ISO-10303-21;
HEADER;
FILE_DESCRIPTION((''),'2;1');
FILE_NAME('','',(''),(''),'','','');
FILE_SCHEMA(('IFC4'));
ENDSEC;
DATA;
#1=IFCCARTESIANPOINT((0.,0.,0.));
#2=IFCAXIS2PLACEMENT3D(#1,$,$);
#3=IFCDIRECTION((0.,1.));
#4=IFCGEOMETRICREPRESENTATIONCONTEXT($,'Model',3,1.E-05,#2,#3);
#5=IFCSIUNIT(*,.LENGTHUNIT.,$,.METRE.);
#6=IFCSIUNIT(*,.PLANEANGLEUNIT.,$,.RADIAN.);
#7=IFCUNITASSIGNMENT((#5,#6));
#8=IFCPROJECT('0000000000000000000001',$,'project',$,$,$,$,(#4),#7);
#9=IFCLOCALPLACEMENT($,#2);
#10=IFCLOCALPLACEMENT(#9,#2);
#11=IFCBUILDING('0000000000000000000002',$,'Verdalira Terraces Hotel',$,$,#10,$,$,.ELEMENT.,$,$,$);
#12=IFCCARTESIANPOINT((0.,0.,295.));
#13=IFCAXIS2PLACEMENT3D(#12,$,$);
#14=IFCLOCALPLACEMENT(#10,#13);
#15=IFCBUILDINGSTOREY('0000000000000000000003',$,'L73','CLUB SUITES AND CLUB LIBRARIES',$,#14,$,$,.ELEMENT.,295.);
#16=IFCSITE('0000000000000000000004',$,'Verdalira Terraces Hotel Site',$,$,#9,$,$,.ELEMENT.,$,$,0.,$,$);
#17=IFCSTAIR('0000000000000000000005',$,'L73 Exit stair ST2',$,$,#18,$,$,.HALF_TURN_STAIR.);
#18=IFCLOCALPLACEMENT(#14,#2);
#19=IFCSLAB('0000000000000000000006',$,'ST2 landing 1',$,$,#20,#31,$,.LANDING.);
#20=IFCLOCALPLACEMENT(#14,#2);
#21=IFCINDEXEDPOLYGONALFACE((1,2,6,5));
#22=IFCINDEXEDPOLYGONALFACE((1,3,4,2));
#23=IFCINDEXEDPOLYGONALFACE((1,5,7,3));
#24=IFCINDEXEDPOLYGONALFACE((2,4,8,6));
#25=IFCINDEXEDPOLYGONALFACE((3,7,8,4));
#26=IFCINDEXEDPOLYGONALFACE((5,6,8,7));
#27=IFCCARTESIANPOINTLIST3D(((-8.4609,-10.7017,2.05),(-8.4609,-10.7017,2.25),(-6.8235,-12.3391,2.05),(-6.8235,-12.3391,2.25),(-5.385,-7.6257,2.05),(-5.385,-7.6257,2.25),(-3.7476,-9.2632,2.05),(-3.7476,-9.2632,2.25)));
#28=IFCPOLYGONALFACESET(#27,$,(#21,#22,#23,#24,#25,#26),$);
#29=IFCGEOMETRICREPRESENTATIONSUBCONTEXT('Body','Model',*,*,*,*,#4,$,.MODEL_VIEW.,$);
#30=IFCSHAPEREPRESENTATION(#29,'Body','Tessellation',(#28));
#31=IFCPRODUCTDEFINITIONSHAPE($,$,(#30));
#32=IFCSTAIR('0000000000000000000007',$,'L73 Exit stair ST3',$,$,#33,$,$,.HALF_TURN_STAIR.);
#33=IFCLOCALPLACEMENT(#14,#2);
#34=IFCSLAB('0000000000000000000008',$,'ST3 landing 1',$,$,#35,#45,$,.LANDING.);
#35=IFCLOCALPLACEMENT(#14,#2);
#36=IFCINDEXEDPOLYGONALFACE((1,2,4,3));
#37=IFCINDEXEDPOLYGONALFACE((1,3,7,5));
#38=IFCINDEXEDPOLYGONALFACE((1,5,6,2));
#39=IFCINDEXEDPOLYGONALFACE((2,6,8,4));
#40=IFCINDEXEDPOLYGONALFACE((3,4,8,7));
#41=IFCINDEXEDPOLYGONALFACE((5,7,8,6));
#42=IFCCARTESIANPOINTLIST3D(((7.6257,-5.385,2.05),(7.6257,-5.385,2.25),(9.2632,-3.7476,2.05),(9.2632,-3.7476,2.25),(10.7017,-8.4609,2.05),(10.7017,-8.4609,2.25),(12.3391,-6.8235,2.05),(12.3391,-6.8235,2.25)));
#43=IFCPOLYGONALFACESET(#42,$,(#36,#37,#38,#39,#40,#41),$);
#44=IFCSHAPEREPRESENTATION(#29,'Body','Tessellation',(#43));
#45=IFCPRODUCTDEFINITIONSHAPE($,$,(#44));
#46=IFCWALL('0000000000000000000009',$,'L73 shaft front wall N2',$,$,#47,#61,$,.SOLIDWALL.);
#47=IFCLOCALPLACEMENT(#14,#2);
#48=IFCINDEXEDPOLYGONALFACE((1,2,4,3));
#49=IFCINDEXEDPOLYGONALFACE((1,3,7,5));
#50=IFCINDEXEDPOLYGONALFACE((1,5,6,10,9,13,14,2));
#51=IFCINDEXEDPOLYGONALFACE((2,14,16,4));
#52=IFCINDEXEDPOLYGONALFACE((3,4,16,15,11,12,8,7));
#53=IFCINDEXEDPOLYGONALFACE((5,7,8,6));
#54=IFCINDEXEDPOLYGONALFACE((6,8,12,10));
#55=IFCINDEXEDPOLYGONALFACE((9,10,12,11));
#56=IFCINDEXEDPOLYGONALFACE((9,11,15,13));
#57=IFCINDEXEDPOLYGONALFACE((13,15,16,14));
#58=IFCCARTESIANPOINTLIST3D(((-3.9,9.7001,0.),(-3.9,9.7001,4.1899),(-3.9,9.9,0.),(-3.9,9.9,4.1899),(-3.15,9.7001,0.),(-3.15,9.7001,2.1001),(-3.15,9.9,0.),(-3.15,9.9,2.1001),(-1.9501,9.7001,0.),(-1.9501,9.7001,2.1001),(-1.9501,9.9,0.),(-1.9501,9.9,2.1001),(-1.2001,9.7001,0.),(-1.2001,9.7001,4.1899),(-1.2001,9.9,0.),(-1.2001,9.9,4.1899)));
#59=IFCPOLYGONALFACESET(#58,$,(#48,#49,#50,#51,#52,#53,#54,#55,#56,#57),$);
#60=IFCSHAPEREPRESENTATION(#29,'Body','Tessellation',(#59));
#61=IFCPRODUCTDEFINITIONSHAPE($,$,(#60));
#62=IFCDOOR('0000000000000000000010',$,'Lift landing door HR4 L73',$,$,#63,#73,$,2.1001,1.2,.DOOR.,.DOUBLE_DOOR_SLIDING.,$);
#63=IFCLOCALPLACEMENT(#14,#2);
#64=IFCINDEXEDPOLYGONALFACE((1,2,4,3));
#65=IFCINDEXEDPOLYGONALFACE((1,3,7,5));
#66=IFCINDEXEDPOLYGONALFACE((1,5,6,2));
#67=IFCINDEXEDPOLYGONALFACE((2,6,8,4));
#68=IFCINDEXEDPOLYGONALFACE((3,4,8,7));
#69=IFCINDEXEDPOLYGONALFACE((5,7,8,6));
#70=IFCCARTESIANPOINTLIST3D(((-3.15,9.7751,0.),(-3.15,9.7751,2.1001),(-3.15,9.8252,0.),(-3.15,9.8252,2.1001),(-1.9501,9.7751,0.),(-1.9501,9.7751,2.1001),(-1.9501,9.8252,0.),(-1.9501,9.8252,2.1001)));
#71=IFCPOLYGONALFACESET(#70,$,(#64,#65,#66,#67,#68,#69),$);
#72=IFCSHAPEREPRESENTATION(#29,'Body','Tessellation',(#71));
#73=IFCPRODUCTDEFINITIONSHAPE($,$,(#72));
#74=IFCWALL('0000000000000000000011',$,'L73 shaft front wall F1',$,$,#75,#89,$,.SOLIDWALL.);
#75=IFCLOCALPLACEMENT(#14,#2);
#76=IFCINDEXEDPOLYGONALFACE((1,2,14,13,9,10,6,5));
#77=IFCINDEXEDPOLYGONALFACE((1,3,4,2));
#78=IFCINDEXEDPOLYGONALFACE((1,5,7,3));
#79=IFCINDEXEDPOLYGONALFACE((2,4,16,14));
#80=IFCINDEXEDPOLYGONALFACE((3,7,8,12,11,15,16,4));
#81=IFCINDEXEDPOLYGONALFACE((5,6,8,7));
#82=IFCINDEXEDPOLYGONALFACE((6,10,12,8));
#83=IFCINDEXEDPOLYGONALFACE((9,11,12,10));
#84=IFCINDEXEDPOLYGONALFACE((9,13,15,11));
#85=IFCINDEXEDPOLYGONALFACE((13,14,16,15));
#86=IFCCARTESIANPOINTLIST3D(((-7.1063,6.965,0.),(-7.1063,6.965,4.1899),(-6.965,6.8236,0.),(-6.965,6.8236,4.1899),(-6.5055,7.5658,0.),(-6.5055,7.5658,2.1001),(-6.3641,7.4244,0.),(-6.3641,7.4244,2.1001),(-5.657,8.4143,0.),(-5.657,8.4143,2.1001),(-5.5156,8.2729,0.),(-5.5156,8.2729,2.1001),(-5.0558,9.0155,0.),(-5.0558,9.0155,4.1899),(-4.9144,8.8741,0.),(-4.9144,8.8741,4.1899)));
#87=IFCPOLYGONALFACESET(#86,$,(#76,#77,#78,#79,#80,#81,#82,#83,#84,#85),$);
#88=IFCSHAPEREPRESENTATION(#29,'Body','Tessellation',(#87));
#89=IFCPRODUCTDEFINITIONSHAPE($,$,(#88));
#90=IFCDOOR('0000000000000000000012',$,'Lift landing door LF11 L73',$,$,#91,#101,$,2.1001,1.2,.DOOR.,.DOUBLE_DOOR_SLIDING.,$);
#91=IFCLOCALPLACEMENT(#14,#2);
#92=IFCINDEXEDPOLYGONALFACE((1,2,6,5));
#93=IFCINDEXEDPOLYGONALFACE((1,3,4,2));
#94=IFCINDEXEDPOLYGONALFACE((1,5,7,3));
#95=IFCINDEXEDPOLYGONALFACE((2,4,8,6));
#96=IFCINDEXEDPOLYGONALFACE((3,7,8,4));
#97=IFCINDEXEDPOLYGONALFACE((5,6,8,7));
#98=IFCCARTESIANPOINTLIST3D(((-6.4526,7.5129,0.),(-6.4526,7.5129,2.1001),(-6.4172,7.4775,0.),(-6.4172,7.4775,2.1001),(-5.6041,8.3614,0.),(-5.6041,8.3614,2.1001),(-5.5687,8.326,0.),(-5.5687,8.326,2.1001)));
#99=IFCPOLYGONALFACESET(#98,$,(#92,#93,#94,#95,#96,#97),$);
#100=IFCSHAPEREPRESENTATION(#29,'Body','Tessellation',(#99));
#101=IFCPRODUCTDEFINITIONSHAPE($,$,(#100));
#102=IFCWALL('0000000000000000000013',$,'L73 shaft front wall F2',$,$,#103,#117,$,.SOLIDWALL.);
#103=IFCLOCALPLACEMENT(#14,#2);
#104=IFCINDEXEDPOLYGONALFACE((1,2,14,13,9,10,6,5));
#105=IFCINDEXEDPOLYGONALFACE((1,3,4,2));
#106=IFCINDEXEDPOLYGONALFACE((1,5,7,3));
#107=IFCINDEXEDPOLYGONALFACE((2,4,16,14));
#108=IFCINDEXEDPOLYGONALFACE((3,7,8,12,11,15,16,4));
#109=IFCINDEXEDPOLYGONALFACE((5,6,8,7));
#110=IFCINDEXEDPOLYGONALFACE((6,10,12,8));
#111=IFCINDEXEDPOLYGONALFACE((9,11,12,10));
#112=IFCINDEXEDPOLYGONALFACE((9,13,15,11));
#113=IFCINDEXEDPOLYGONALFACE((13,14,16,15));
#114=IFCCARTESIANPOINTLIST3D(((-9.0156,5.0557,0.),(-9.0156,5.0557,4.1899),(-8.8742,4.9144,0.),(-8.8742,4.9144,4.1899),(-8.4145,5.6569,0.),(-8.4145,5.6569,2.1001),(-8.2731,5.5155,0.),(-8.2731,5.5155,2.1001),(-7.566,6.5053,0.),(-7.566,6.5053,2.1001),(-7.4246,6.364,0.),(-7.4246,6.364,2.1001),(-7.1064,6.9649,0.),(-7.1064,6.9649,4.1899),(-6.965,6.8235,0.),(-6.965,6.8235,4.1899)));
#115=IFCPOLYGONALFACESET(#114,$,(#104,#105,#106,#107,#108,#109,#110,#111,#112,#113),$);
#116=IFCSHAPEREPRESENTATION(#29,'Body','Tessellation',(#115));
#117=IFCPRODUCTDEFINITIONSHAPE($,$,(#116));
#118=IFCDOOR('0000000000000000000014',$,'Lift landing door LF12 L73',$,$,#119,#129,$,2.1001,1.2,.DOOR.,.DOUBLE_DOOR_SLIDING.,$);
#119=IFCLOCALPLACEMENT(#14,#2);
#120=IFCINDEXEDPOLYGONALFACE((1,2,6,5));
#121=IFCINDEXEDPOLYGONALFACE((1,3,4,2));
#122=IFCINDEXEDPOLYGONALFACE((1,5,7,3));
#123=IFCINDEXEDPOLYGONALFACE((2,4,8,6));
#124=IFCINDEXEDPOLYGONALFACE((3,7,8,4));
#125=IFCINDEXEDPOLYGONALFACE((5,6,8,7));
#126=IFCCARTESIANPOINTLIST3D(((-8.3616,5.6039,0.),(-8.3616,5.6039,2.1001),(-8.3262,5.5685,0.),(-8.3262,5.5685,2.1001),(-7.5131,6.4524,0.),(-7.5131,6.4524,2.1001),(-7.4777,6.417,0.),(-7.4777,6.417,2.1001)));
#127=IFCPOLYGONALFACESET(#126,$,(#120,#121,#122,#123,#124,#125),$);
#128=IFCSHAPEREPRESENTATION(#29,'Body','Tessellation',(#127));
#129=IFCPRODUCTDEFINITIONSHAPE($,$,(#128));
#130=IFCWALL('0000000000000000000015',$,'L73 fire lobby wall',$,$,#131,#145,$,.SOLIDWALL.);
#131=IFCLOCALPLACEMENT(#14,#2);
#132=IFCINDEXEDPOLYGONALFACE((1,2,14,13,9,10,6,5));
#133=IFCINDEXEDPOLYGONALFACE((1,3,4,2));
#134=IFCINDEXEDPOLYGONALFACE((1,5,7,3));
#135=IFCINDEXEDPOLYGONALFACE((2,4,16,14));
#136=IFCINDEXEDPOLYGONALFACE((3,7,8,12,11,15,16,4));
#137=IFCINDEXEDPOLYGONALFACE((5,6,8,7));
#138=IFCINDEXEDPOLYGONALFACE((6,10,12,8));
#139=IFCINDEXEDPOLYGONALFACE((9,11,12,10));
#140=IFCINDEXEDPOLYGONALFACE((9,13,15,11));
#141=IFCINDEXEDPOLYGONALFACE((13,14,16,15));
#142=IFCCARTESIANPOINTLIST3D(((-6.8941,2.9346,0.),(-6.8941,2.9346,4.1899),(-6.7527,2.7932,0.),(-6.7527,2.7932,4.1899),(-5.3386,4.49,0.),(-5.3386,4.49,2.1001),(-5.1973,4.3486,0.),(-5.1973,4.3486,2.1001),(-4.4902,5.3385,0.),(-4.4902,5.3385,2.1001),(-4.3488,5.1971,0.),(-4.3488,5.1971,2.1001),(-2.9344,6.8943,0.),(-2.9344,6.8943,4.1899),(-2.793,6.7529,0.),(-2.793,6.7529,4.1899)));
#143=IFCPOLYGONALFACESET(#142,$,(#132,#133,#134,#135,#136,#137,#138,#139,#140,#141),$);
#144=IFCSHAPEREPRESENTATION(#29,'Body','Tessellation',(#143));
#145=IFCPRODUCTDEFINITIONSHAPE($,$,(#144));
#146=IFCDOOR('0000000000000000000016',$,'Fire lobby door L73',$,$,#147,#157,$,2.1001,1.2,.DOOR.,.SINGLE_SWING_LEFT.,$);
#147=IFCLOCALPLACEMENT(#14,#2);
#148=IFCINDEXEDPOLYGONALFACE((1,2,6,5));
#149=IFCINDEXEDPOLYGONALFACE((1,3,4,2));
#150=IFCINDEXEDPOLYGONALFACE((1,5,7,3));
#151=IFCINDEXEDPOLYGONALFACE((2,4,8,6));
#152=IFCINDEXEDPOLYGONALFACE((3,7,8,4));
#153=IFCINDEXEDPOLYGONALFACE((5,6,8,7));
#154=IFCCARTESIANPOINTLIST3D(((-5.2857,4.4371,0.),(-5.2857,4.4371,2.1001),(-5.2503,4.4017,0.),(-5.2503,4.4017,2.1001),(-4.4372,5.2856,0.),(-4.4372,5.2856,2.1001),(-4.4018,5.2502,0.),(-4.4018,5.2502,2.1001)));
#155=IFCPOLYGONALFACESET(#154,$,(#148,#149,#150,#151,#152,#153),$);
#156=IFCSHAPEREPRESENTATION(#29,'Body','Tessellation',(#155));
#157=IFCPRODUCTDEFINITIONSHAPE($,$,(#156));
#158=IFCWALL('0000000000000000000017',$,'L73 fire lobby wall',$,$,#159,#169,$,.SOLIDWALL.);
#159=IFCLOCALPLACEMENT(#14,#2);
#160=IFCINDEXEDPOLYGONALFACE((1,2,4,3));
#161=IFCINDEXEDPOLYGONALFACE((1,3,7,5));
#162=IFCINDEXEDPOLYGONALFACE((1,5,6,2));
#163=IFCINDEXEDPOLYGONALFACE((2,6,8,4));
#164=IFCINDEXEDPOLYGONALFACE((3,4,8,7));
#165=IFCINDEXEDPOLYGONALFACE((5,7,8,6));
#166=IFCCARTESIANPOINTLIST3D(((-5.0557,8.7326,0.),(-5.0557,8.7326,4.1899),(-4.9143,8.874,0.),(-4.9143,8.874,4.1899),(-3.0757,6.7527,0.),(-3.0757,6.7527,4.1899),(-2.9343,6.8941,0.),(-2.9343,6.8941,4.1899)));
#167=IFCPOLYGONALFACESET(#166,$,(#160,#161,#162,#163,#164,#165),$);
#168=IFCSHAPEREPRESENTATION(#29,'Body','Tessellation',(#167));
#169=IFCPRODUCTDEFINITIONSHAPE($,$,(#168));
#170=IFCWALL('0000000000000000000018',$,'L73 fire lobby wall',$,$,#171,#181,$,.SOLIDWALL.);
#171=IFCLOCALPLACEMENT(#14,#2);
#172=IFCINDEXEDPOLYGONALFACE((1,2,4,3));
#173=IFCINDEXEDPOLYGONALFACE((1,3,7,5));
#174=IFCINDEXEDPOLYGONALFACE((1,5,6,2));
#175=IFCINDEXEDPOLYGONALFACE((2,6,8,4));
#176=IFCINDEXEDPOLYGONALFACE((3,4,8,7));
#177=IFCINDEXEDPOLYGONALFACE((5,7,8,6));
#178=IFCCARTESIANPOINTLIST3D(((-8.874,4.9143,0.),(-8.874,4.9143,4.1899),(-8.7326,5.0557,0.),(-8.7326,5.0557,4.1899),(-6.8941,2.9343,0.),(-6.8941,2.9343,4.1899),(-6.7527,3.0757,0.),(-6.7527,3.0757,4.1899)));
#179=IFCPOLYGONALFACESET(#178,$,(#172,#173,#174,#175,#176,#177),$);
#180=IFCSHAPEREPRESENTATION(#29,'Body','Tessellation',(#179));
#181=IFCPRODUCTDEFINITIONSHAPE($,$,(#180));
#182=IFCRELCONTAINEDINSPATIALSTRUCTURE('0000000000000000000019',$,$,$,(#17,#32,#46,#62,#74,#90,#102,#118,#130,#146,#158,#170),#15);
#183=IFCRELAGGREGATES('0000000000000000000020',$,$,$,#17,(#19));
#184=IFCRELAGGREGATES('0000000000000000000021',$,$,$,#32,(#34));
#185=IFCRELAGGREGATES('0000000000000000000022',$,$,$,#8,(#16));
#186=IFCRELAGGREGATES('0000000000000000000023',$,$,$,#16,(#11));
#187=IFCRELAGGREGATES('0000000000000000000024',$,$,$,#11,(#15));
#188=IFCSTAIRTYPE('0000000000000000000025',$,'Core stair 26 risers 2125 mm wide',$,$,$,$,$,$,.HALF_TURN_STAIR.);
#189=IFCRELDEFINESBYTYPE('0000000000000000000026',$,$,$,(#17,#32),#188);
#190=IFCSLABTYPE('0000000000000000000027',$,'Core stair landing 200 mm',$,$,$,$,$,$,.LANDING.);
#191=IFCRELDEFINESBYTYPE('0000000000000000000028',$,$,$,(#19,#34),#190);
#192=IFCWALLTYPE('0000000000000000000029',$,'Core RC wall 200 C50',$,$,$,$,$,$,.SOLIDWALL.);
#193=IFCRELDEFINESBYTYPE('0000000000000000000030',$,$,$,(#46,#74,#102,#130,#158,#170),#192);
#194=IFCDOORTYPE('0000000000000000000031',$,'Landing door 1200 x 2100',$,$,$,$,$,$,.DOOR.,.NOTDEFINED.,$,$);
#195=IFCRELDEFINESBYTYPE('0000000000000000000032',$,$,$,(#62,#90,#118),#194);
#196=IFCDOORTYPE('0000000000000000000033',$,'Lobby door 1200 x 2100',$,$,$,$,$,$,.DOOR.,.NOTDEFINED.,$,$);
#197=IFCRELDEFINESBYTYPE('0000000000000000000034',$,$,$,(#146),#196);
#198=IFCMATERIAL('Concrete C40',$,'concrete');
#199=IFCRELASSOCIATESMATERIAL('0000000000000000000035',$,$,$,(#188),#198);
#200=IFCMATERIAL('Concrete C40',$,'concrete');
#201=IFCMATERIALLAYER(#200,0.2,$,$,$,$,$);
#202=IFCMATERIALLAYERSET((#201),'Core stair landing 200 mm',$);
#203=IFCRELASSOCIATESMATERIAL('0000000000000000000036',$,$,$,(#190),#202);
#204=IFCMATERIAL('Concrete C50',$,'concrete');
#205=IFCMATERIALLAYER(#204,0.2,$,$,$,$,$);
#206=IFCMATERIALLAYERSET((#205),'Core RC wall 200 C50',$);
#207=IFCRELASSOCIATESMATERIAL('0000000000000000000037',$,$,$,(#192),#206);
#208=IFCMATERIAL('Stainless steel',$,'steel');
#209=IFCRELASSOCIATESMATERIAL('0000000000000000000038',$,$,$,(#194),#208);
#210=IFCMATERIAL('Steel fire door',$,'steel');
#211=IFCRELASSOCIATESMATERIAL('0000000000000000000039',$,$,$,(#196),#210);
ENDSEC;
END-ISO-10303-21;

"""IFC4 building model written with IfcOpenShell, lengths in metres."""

from ifc_helpers import new_model, si_unit, direction, frame, frame_2d, origin, place, context, subcontext, project, spatial, polyline, rectangle, outline, extrude, material, layer, layer_set, type_object, element, fill, aggregate, save


model = new_model("IFC4")

# Units and contexts
model_context = context("Model", 3, precision=1e-05, world=origin(), true_north=direction((0.0, 1.0)))
body_context = subcontext(model_context, "Body", "Model", "MODEL_VIEW")
ifc_project = project(units=[si_unit("LENGTHUNIT", "METRE"), si_unit("PLANEANGLEUNIT", "RADIAN")], contexts=[model_context])

# Site, building, storey
site_placement = place(None, origin())
site = spatial("IfcSite", under=ifc_project, at=site_placement, Name="Verdalira Terraces Hotel Site", CompositionType="ELEMENT", RefElevation=0.0)
building_placement = place(site_placement, origin())
building = spatial("IfcBuilding", under=site, at=building_placement, Name="Verdalira Terraces Hotel", CompositionType="ELEMENT")
storey_placement = place(building_placement, frame((0.0, 0.0, 295.0)))
storey = spatial("IfcBuildingStorey", under=building, at=storey_placement, Name="L73", Description="CLUB SUITES AND CLUB LIBRARIES", CompositionType="ELEMENT", Elevation=295.0)

# Stairs, slabs
ifc_material_1 = material(Name="Concrete C40", Category="concrete")
stair_type = type_object("IfcStairType", Name="Core stair 26 risers 2125 mm wide", PredefinedType="HALF_TURN_STAIR", material=ifc_material_1)
stair_1_placement = place(storey_placement, origin())
stair_1 = element("IfcStair", 1, at=stair_1_placement, inside=storey, type_object=stair_type, Name="L73 Exit stair ST2", PredefinedType="HALF_TURN_STAIR")
ifc_material_2 = material(Name="Concrete C40", Category="concrete")
ifc_layer_1 = layer(ifc_material_2, 0.2)
ifc_layer_set_1 = layer_set([ifc_layer_1], Name="Core stair landing 200 mm")
slab_type = type_object("IfcSlabType", Name="Core stair landing 200 mm", PredefinedType="LANDING", material=ifc_layer_set_1)
slab_1_placement = place(storey_placement, frame((0.0, 0.0, 2.05)))
slab_1 = element("IfcSlab", 2, at=slab_1_placement, type_object=slab_type, Name="ST2 landing 1", PredefinedType="LANDING", context=body_context, shape_type="SweptSolid", body=[
    extrude(outline(polyline([(-8.4609, -10.7017), (-6.8235, -12.3391), (-3.7476, -9.2632), (-5.385, -7.6257), (-8.4609, -10.7017)])), origin(), (0.0, 0.0, 1.0), 0.2),
])
aggregate(stair_1, [slab_1])
stair_2_placement = place(storey_placement, origin())
stair_2 = element("IfcStair", 3, at=stair_2_placement, inside=storey, type_object=stair_type, Name="L73 Exit stair ST3", PredefinedType="HALF_TURN_STAIR")
slab_2_placement = place(storey_placement, frame((0.0, 0.0, 2.05)))
slab_2 = element("IfcSlab", 4, at=slab_2_placement, type_object=slab_type, Name="ST3 landing 1", PredefinedType="LANDING", context=body_context, shape_type="SweptSolid", body=[
    extrude(outline(polyline([(10.7017, -8.4609), (12.3391, -6.8235), (9.2632, -3.7476), (7.6257, -5.385), (10.7017, -8.4609)])), origin(), (0.0, 0.0, 1.0), 0.2),
])
aggregate(stair_2, [slab_2])

# Walls, openings, doors
ifc_material_3 = material(Name="Concrete C50", Category="concrete")
ifc_layer_2 = layer(ifc_material_3, 0.2)
ifc_layer_set_2 = layer_set([ifc_layer_2], Name="Core RC wall 200 C50")
wall_type_1 = type_object("IfcWallType", Name="Core RC wall 200 C50", PredefinedType="SOLIDWALL", material=ifc_layer_set_2)
wall_1_placement = place(storey_placement, frame((-1.2, 9.8, 0.0), z_axis=(0.0, 0.0, 1.0), x_axis=(-1.0, 0.0, 0.0)))
wall_1 = element("IfcWall", 5, at=wall_1_placement, inside=storey, type_object=wall_type_1, Name="L73 shaft front wall N2", PredefinedType="SOLIDWALL", context=body_context, shape_type="SweptSolid", body=[
    extrude(rectangle(XDim=2.7, YDim=0.2, at=frame_2d((1.3501, 0.0))), origin(), (0.0, 0.0, 1.0), 4.1899),
])
opening_1_placement = place(wall_1_placement, frame((0.75, 0.0, 0.0)))
opening_1 = element("IfcOpeningElement", 6, at=opening_1_placement, cuts=wall_1, PredefinedType="OPENING", context=body_context, shape_type="SweptSolid", body=[
    extrude(rectangle(XDim=1.2, YDim=2.1001, at=frame_2d((0.6001, 1.05))), frame((0.0, 0.1099, 0.0), z_axis=(0.0, -1.0, 0.0), x_axis=(1.0, 0.0, 0.0)), (0.0, 0.0, 1.0), 0.22),
])
ifc_material_4 = material(Name="Stainless steel", Category="steel")
door_type_1 = type_object("IfcDoorType", Name="Landing door 1200 x 2100", OperationType="NOTDEFINED", PredefinedType="DOOR", material=ifc_material_4)
door_1_placement = place(opening_1_placement, origin())
door_1 = element("IfcDoor", 7, at=door_1_placement, inside=storey, type_object=door_type_1, Name="Lift landing door HR4 L73", OperationType="DOUBLE_DOOR_SLIDING", OverallHeight=2.1001, OverallWidth=1.2, PredefinedType="DOOR", context=body_context, shape_type="SweptSolid", body=[
    extrude(rectangle(XDim=1.2, YDim=2.1001, at=frame_2d((0.6001, 1.05))), frame((0.0, 0.0249, 0.0), z_axis=(0.0, -1.0, 0.0), x_axis=(1.0, 0.0, 0.0)), (0.0, 0.0, 1.0), 0.05),
])
fill(opening_1, door_1)
wall_2_placement = place(storey_placement, frame((-4.9851, 8.9448, 0.0), z_axis=(0.0, 0.0, 1.0), x_axis=(-0.707107, -0.707107, 0.0)))
wall_2 = element("IfcWall", 8, at=wall_2_placement, inside=storey, type_object=wall_type_1, Name="L73 shaft front wall F1", PredefinedType="SOLIDWALL", context=body_context, shape_type="SweptSolid", body=[
    extrude(rectangle(XDim=2.8999, YDim=0.2, at=frame_2d((1.45, 0.0))), origin(), (0.0, 0.0, 1.0), 4.1899),
])
opening_2_placement = place(wall_2_placement, frame((0.8501, 0.0, 0.0)))
opening_2 = element("IfcOpeningElement", 9, at=opening_2_placement, cuts=wall_2, PredefinedType="OPENING", context=body_context, shape_type="SweptSolid", body=[
    extrude(rectangle(XDim=1.2, YDim=2.1001, at=frame_2d((0.6001, 1.05))), frame((0.0, 0.1099, 0.0), z_axis=(0.0, -1.0, 0.0), x_axis=(1.0, 0.0, 0.0)), (0.0, 0.0, 1.0), 0.22),
])
door_2_placement = place(opening_2_placement, origin())
door_2 = element("IfcDoor", 10, at=door_2_placement, inside=storey, type_object=door_type_1, Name="Lift landing door LF11 L73", OperationType="DOUBLE_DOOR_SLIDING", OverallHeight=2.1001, OverallWidth=1.2, PredefinedType="DOOR", context=body_context, shape_type="SweptSolid", body=[
    extrude(rectangle(XDim=1.2, YDim=2.1001, at=frame_2d((0.6001, 1.05))), frame((0.0, 0.0249, 0.0), z_axis=(0.0, -1.0, 0.0), x_axis=(1.0, 0.0, 0.0)), (0.0, 0.0, 1.0), 0.05),
])
fill(opening_2, door_2)
wall_3_placement = place(storey_placement, frame((-7.0356, 6.8943, 0.0), z_axis=(0.0, 0.0, 1.0), x_axis=(-0.707107, -0.707107, 0.0)))
wall_3 = element("IfcWall", 11, at=wall_3_placement, inside=storey, type_object=wall_type_1, Name="L73 shaft front wall F2", PredefinedType="SOLIDWALL", context=body_context, shape_type="SweptSolid", body=[
    extrude(rectangle(XDim=2.7, YDim=0.2, at=frame_2d((1.3501, 0.0))), origin(), (0.0, 0.0, 1.0), 4.1899),
])
opening_3_placement = place(wall_3_placement, frame((0.6499, 0.0, 0.0)))
opening_3 = element("IfcOpeningElement", 12, at=opening_3_placement, cuts=wall_3, PredefinedType="OPENING", context=body_context, shape_type="SweptSolid", body=[
    extrude(rectangle(XDim=1.2, YDim=2.1001, at=frame_2d((0.6001, 1.05))), frame((0.0, 0.1099, 0.0), z_axis=(0.0, -1.0, 0.0), x_axis=(1.0, 0.0, 0.0)), (0.0, 0.0, 1.0), 0.22),
])
door_3_placement = place(opening_3_placement, origin())
door_3 = element("IfcDoor", 13, at=door_3_placement, inside=storey, type_object=door_type_1, Name="Lift landing door LF12 L73", OperationType="DOUBLE_DOOR_SLIDING", OverallHeight=2.1001, OverallWidth=1.2, PredefinedType="DOOR", context=body_context, shape_type="SweptSolid", body=[
    extrude(rectangle(XDim=1.2, YDim=2.1001, at=frame_2d((0.6001, 1.05))), frame((0.0, 0.0249, 0.0), z_axis=(0.0, -1.0, 0.0), x_axis=(1.0, 0.0, 0.0)), (0.0, 0.0, 1.0), 0.05),
])
fill(opening_3, door_3)
wall_4_placement = place(storey_placement, frame((-2.8638, 6.8235, 0.0), z_axis=(0.0, 0.0, 1.0), x_axis=(-0.707107, -0.707107, 0.0)))
wall_4 = element("IfcWall", 14, at=wall_4_placement, inside=storey, type_object=wall_type_1, Name="L73 fire lobby wall", PredefinedType="SOLIDWALL", context=body_context, shape_type="SweptSolid", body=[
    extrude(rectangle(XDim=5.5999, YDim=0.2, at=frame_2d((2.7998, 0.0))), origin(), (0.0, 0.0, 1.0), 4.1899),
])
opening_4_placement = place(wall_4_placement, frame((2.2, 0.0, 0.0)))
opening_4 = element("IfcOpeningElement", 15, at=opening_4_placement, cuts=wall_4, PredefinedType="OPENING", context=body_context, shape_type="SweptSolid", body=[
    extrude(rectangle(XDim=1.2, YDim=2.1001, at=frame_2d((0.6001, 1.05))), frame((0.0, 0.1099, 0.0), z_axis=(0.0, -1.0, 0.0), x_axis=(1.0, 0.0, 0.0)), (0.0, 0.0, 1.0), 0.22),
])
ifc_material_5 = material(Name="Steel fire door", Category="steel")
door_type_2 = type_object("IfcDoorType", Name="Lobby door 1200 x 2100", OperationType="NOTDEFINED", PredefinedType="DOOR", material=ifc_material_5)
door_4_placement = place(opening_4_placement, origin())
door_4 = element("IfcDoor", 16, at=door_4_placement, inside=storey, type_object=door_type_2, Name="Fire lobby door L73", OperationType="SINGLE_SWING_LEFT", OverallHeight=2.1001, OverallWidth=1.2, PredefinedType="DOOR", context=body_context, shape_type="SweptSolid", body=[
    extrude(rectangle(XDim=1.2, YDim=2.1001, at=frame_2d((0.6001, 1.05))), frame((0.0, 0.0249, 0.0), z_axis=(0.0, -1.0, 0.0), x_axis=(1.0, 0.0, 0.0)), (0.0, 0.0, 1.0), 0.05),
])
fill(opening_4, door_4)

# Walls
for number, where, z_axis, x_axis, name in (
    (17, (-3.0051, 6.8235, 0.0), (0.0, 0.0, 1.0), (-0.707107, 0.707107, 0.0), "L73 fire lobby wall"),
    (18, (-6.8235, 3.0051, 0.0), (0.0, 0.0, 1.0), (-0.707107, 0.707107, 0.0), "L73 fire lobby wall"),
):
    element("IfcWall", number, at=place(storey_placement, frame(where, z_axis=z_axis, x_axis=x_axis)), inside=storey, type_object=wall_type_1, Name=name, PredefinedType="SOLIDWALL", context=body_context, shape_type="SweptSolid", body=[
        extrude(rectangle(XDim=2.8, YDim=0.2, at=frame_2d((1.3999, 0.0))), origin(), (0.0, 0.0, 1.0), 4.1899),
    ])

save(model, "model.ifc")
